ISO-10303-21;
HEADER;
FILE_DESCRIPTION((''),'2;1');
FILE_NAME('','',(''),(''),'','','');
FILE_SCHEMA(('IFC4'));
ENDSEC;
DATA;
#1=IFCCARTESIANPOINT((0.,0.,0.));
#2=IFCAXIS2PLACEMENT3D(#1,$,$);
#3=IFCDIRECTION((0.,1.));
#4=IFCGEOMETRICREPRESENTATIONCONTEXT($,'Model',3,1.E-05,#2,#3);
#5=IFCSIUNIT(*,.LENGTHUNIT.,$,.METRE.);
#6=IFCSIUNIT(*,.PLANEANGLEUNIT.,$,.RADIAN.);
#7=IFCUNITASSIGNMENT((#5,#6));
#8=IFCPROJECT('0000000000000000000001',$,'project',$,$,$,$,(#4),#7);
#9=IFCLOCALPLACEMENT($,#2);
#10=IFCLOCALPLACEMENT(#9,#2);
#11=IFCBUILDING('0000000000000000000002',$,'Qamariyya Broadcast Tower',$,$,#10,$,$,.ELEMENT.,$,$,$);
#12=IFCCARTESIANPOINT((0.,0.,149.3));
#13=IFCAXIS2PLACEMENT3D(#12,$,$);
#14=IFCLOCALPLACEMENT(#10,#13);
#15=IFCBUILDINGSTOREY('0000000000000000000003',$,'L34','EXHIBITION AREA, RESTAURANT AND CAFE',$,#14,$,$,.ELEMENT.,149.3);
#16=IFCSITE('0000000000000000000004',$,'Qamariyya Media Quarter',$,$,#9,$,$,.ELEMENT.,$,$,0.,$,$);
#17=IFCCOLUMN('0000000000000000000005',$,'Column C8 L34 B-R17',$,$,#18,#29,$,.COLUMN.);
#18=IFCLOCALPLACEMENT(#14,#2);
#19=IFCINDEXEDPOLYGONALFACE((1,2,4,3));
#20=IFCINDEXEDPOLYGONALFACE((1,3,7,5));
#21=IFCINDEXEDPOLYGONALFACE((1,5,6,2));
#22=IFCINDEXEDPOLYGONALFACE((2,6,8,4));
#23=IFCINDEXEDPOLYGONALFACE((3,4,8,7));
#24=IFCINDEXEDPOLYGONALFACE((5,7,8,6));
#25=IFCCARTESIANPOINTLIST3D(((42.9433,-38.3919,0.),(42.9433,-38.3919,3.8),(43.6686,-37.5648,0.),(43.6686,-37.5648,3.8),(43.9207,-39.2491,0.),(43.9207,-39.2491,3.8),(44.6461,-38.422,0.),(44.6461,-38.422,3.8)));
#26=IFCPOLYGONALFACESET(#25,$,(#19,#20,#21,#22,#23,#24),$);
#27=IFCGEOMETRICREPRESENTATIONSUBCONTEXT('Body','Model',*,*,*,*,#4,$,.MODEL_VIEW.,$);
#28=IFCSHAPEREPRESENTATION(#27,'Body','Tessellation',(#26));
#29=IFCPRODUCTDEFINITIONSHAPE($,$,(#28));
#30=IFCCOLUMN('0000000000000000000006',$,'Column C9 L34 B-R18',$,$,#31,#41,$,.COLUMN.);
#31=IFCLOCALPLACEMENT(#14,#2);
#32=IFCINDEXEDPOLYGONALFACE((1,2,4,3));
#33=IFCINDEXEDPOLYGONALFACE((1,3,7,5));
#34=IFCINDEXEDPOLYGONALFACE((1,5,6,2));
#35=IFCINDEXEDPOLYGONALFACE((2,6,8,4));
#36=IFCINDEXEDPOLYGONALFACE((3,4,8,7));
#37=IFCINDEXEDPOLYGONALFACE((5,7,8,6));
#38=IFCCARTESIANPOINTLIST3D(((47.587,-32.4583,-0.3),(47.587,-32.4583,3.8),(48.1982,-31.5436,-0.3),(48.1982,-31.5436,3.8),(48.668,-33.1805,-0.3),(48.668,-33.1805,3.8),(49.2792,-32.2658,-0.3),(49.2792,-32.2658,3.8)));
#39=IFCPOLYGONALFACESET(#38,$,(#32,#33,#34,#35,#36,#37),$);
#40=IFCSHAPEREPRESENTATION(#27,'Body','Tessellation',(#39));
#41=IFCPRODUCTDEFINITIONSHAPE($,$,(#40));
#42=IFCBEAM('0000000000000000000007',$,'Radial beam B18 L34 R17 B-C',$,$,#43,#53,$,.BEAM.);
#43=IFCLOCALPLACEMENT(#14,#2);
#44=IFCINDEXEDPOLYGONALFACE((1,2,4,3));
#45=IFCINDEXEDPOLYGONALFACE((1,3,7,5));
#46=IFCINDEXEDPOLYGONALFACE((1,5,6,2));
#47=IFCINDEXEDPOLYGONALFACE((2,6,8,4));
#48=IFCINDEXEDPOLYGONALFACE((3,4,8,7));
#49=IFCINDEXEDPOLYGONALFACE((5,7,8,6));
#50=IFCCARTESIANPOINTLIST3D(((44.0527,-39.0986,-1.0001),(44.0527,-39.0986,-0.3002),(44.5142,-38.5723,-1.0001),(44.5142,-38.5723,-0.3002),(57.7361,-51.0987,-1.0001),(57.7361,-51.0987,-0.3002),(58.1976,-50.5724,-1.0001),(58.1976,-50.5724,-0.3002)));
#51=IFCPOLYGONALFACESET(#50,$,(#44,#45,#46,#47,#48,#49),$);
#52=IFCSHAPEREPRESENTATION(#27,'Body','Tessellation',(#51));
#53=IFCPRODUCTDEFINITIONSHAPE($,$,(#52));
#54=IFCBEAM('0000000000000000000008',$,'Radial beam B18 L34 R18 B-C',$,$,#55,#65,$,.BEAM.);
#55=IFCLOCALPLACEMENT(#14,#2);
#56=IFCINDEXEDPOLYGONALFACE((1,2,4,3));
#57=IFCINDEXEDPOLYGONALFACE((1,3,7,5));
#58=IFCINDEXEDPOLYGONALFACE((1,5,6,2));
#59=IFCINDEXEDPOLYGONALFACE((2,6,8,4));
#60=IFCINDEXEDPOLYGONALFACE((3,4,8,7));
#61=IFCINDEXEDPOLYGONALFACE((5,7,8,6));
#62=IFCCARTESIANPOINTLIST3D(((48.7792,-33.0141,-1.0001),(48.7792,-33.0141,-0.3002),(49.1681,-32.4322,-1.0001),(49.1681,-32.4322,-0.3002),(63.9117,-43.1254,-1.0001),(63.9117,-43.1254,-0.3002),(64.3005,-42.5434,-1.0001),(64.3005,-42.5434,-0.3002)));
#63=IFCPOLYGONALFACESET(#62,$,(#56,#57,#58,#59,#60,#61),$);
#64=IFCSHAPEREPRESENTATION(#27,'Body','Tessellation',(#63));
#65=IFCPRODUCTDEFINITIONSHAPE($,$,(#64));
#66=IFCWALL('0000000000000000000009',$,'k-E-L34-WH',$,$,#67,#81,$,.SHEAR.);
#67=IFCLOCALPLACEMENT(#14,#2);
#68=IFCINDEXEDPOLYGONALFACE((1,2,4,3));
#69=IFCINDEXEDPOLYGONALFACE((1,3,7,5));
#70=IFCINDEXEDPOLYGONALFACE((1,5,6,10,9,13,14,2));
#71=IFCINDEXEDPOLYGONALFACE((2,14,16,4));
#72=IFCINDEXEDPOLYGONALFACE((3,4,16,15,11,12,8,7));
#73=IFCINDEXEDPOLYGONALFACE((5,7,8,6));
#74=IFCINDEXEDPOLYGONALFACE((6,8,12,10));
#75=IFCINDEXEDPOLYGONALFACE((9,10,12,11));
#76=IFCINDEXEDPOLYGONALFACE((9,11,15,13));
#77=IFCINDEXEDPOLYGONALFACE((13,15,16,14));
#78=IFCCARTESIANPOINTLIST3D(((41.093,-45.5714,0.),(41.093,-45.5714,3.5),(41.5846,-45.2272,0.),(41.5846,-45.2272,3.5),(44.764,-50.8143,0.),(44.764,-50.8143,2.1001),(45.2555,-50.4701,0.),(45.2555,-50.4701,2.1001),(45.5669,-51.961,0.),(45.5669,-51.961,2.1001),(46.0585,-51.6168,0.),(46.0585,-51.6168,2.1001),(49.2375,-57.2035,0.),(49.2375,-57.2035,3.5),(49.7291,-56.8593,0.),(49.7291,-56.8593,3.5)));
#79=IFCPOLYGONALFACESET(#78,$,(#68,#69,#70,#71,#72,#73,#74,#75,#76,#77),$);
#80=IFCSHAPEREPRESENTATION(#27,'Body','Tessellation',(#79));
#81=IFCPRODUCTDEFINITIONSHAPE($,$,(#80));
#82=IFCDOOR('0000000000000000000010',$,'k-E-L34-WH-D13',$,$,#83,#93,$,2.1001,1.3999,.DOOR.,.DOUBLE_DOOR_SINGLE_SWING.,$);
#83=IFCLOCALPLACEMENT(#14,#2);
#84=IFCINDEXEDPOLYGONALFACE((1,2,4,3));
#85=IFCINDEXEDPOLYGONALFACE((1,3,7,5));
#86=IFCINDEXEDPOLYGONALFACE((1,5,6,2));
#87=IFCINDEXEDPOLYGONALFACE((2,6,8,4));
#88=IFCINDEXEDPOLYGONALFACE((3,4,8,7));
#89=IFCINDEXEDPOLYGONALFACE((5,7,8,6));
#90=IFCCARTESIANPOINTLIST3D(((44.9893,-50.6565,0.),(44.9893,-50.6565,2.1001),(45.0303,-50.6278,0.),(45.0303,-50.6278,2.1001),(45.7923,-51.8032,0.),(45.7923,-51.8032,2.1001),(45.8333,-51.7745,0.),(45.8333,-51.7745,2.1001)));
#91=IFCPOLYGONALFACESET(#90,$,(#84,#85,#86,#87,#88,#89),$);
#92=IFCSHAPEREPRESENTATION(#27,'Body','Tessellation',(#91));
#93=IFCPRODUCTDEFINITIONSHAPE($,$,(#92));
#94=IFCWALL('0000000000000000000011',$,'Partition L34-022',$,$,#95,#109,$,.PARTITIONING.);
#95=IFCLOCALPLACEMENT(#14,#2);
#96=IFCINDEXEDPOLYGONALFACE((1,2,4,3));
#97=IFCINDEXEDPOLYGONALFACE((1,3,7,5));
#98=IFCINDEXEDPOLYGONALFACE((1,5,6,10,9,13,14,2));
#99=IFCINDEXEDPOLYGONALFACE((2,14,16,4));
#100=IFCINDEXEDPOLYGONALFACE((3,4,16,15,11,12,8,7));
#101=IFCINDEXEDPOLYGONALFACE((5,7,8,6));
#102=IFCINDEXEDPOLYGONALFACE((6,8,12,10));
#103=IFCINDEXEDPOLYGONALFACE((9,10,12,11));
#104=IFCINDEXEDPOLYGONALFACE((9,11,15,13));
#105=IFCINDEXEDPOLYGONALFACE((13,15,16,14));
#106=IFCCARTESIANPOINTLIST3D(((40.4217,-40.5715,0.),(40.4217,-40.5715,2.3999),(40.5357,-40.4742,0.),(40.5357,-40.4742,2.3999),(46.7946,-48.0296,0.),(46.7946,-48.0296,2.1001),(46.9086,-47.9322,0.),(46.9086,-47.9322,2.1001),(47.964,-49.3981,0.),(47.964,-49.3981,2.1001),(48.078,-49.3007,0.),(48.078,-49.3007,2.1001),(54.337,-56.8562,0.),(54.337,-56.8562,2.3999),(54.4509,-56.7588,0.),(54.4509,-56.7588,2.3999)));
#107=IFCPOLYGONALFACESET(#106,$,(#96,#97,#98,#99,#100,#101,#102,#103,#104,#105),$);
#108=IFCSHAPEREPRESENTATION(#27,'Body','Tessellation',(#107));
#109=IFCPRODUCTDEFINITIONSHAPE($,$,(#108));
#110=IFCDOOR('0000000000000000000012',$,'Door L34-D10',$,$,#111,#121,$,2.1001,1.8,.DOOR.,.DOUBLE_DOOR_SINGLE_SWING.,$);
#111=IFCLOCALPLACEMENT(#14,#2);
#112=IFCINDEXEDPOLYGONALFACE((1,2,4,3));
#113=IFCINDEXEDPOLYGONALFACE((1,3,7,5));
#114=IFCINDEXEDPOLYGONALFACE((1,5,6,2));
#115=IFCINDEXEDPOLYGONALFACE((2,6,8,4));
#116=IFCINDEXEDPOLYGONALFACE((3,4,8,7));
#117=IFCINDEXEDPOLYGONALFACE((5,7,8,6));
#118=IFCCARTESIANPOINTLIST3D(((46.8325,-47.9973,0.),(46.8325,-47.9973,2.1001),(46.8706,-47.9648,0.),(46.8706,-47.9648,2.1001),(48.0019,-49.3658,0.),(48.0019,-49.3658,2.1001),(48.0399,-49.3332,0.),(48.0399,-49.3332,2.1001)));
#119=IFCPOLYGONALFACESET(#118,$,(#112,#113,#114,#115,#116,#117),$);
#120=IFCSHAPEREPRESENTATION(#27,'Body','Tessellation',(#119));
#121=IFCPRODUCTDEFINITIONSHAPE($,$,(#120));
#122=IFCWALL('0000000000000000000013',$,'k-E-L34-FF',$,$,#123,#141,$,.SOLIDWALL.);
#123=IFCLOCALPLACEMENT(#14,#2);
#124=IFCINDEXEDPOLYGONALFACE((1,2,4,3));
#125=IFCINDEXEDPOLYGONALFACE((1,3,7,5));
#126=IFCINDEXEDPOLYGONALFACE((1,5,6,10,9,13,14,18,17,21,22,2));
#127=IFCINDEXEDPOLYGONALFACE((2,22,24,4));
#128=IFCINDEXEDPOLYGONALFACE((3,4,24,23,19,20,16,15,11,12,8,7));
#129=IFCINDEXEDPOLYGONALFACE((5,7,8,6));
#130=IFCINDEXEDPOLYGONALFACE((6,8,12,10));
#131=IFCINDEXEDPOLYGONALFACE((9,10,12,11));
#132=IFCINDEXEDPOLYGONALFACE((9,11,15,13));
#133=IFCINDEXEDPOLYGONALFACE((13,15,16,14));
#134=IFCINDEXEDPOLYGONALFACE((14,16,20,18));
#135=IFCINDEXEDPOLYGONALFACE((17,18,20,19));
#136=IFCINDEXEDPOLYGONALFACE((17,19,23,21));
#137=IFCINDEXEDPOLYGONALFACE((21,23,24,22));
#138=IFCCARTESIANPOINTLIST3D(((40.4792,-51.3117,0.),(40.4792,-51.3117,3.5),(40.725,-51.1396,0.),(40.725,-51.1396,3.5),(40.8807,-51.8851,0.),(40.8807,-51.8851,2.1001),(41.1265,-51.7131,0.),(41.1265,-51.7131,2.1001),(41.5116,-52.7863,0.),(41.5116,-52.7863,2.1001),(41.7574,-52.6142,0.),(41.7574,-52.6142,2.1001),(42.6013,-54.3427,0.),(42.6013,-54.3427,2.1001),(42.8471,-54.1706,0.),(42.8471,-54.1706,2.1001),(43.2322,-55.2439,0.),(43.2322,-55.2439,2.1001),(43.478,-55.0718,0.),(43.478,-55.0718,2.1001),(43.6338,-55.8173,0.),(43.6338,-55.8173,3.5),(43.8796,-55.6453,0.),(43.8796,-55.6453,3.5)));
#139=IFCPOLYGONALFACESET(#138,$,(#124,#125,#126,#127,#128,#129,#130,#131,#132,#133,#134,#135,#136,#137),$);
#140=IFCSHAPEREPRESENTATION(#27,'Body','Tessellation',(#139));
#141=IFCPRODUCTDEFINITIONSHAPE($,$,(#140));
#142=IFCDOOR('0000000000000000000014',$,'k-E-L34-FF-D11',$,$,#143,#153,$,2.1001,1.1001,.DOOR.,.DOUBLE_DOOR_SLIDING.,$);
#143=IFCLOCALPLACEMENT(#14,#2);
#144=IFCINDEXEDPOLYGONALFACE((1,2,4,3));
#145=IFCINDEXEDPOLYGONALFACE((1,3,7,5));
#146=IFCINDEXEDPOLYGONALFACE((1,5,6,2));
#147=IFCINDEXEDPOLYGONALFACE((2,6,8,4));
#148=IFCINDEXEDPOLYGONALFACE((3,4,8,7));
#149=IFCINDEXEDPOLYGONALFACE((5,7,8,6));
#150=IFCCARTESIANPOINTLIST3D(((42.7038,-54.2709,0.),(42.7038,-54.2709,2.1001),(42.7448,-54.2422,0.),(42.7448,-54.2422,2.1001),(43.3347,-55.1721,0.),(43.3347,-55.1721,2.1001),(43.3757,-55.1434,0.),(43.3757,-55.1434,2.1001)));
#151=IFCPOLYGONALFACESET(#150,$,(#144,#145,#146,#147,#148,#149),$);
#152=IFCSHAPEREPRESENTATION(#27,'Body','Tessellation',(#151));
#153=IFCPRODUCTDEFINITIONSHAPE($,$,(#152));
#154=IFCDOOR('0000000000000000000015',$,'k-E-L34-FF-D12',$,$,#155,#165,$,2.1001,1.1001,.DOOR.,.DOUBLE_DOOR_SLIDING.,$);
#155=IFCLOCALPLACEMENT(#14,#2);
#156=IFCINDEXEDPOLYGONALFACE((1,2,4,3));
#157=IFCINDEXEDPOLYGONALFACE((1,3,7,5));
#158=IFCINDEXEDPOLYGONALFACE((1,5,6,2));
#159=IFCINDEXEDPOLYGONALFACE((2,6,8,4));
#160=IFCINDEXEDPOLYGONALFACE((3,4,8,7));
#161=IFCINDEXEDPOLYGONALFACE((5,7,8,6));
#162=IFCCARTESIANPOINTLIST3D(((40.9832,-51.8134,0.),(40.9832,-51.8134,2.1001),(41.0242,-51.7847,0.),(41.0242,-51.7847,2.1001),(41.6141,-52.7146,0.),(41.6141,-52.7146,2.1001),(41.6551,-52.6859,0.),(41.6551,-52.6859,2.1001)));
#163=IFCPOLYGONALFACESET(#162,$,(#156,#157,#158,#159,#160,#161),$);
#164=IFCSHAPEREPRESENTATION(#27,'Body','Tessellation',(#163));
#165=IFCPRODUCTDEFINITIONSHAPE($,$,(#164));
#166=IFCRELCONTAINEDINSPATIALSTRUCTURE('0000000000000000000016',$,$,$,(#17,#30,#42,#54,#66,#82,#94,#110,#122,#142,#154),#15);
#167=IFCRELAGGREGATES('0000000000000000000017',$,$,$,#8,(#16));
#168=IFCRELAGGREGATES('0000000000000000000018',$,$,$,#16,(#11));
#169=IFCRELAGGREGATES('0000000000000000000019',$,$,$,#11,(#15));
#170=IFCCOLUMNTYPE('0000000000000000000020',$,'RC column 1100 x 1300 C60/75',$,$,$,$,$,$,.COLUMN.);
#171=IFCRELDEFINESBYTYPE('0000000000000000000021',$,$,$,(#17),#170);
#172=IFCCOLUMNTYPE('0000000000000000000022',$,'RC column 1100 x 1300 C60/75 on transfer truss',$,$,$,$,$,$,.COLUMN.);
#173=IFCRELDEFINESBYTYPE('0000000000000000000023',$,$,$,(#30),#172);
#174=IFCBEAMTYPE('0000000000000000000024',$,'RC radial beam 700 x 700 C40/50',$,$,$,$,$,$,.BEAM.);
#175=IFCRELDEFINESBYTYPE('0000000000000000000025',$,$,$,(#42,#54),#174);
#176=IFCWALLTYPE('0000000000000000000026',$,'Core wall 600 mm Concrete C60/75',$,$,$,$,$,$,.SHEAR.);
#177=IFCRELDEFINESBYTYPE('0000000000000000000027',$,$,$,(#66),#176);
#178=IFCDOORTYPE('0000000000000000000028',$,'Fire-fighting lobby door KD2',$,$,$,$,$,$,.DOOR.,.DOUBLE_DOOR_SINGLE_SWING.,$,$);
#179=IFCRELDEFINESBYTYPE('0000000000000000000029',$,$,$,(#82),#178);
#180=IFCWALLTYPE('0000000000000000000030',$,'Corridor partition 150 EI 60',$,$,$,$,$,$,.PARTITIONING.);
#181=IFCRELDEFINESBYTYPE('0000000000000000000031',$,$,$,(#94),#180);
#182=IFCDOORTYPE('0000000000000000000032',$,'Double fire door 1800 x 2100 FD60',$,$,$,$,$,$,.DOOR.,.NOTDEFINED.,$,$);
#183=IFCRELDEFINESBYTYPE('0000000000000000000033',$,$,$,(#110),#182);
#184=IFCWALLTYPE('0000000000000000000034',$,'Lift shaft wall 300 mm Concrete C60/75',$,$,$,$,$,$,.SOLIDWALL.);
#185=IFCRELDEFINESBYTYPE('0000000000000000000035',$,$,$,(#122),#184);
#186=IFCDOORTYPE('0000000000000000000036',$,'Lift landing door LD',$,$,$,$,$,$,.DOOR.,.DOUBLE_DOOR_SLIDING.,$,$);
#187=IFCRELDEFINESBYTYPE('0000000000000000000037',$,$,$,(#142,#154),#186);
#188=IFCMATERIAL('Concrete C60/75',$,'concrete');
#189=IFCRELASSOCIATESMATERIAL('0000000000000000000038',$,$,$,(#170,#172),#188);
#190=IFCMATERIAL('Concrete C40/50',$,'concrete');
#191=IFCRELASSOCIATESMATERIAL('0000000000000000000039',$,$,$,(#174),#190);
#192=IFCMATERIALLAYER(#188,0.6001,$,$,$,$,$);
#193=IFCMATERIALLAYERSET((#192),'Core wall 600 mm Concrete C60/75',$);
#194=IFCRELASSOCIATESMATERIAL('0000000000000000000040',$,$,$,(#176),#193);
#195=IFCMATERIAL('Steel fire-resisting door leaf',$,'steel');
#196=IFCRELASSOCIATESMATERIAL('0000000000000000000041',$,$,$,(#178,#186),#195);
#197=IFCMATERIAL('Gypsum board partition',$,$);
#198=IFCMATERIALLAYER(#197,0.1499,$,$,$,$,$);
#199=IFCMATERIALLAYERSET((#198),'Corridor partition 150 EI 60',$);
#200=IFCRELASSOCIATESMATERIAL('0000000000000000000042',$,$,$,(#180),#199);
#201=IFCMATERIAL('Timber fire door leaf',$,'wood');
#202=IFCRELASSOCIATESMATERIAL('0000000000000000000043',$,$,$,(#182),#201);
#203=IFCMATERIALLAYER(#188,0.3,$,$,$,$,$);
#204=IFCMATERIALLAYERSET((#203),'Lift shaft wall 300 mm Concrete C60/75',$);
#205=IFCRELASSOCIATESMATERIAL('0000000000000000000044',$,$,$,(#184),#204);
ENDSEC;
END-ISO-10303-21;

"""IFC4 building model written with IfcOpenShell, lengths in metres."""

from ifc_helpers import new_model, si_unit, direction, frame, frame_2d, origin, origin_2d, place, context, subcontext, project, spatial, rectangle, extrude, material, layer, layer_set, material_profile, profile_set, type_object, element, fill, save


model = new_model("IFC4")

# Units and contexts
model_context = context("Model", 3, precision=1e-05, world=origin(), true_north=direction((0.0, 1.0)))
body_context = subcontext(model_context, "Body", "Model", "MODEL_VIEW")
ifc_project = project(units=[si_unit("LENGTHUNIT", "METRE"), si_unit("PLANEANGLEUNIT", "RADIAN")], contexts=[model_context])

# Site, building, storey
site_placement = place(None, origin())
site = spatial("IfcSite", under=ifc_project, at=site_placement, Name="Qamariyya Media Quarter", CompositionType="ELEMENT", RefElevation=0.0)
building_placement = place(site_placement, origin())
building = spatial("IfcBuilding", under=site, at=building_placement, Name="Qamariyya Broadcast Tower", CompositionType="ELEMENT")
storey_placement = place(building_placement, frame((0.0, 0.0, 149.3)))
storey = spatial("IfcBuildingStorey", under=building, at=storey_placement, Name="L34", Description="EXHIBITION AREA, RESTAURANT AND CAFE", CompositionType="ELEMENT", Elevation=149.3)

# Columns
ifc_material_1 = material(Name="Concrete C60/75", Category="concrete")
ifc_material_profile_1 = material_profile(ifc_material_1, rectangle(XDim=1.1001, YDim=1.3, at=origin_2d()))
ifc_profile_set_1 = profile_set([ifc_material_profile_1], Name="Concrete C60/75")
column_type_1 = type_object("IfcColumnType", Name="RC column 1100 x 1300 C60/75", PredefinedType="COLUMN", material=ifc_profile_set_1)
column_1_placement = place(storey_placement, frame((43.7947, -38.407, 0.0), z_axis=(0.0, 0.0, 1.0), x_axis=(0.659346, 0.75184, 0.0)))
element("IfcColumn", 1, at=column_1_placement, inside=storey, type_object=column_type_1, Name="Column C8 L34 B-R17", PredefinedType="COLUMN", context=body_context, shape_type="SweptSolid", body=[
    extrude(rectangle(XDim=1.1001, YDim=1.3, at=origin_2d()), origin(), (0.0, 0.0, 1.0), 3.8),
])
ifc_material_profile_2 = material_profile(ifc_material_1, rectangle(XDim=1.1001, YDim=1.3, at=origin_2d()))
ifc_profile_set_2 = profile_set([ifc_material_profile_2], Name="Concrete C60/75")
column_type_2 = type_object("IfcColumnType", Name="RC column 1100 x 1300 C60/75 on transfer truss", PredefinedType="COLUMN", material=ifc_profile_set_2)
column_2_placement = place(storey_placement, frame((48.4331, -32.3621, -0.3), z_axis=(0.0, 0.0, 1.0), x_axis=(0.55557, 0.83147, 0.0)))
element("IfcColumn", 2, at=column_2_placement, inside=storey, type_object=column_type_2, Name="Column C9 L34 B-R18", PredefinedType="COLUMN", context=body_context, shape_type="SweptSolid", body=[
    extrude(rectangle(XDim=1.1001, YDim=1.3, at=origin_2d()), origin(), (0.0, 0.0, 1.0), 4.1001),
])

# Beams
ifc_material_2 = material(Name="Concrete C40/50", Category="concrete")
ifc_material_profile_3 = material_profile(ifc_material_2, rectangle(XDim=0.7, YDim=0.7, at=origin_2d()))
ifc_profile_set_3 = profile_set([ifc_material_profile_3], Name="Concrete C40/50")
beam_type = type_object("IfcBeamType", Name="RC radial beam 700 x 700 C40/50", PredefinedType="BEAM", material=ifc_profile_set_3)
beam_1_placement = place(storey_placement, frame((44.2834, -38.8354, -0.6501), z_axis=(0.751839, -0.659347, 0.0), x_axis=(0.659347, 0.751839, 0.0)))
element("IfcBeam", 3, at=beam_1_placement, inside=storey, type_object=beam_type, Name="Radial beam B18 L34 R17 B-C", PredefinedType="BEAM", context=body_context, shape_type="SweptSolid", body=[
    extrude(rectangle(XDim=0.7, YDim=0.7, at=origin_2d()), origin(), (0.0, 0.0, 1.0), 18.2),
])
beam_2_placement = place(storey_placement, frame((48.9736, -32.7231, -0.6501), z_axis=(0.831468, -0.555573, 0.0), x_axis=(0.555573, 0.831468, 0.0)))
element("IfcBeam", 4, at=beam_2_placement, inside=storey, type_object=beam_type, Name="Radial beam B18 L34 R18 B-C", PredefinedType="BEAM", context=body_context, shape_type="SweptSolid", body=[
    extrude(rectangle(XDim=0.7, YDim=0.7, at=origin_2d()), origin(), (0.0, 0.0, 1.0), 18.1997),
])

# Walls, openings, doors
ifc_layer_1 = layer(ifc_material_1, 0.6001)
ifc_layer_set_1 = layer_set([ifc_layer_1], Name="Core wall 600 mm Concrete C60/75")
wall_type_1 = type_object("IfcWallType", Name="Core wall 600 mm Concrete C60/75", PredefinedType="SHEAR", material=ifc_layer_set_1)
wall_1_placement = place(storey_placement, frame((49.4834, -57.0315, 0.0), z_axis=(0.0, 0.0, 1.0), x_axis=(-0.57356, 0.819163, 0.0)))
wall_1 = element("IfcWall", 5, at=wall_1_placement, inside=storey, type_object=wall_type_1, Name="k-E-L34-WH", PredefinedType="SHEAR", context=body_context, shape_type="SweptSolid", body=[
    extrude(rectangle(XDim=14.2, YDim=0.6001, at=frame_2d((7.1001, 0.0))), origin(), (0.0, 0.0, 1.0), 3.5),
])
opening_1_placement = place(wall_1_placement, frame((6.3999, 0.0, 0.0)))
opening_1 = element("IfcOpeningElement", 6, at=opening_1_placement, cuts=wall_1, PredefinedType="OPENING", context=body_context, shape_type="SweptSolid", body=[
    extrude(rectangle(XDim=1.3999, YDim=2.1001, at=frame_2d((0.7, 1.05))), frame((0.0, 0.3101, 0.0), z_axis=(0.0, -1.0, 0.0), x_axis=(1.0, 0.0, 0.0)), (0.0, 0.0, 1.0), 0.6201),
])
ifc_material_3 = material(Name="Steel fire-resisting door leaf", Category="steel")
door_type_1 = type_object("IfcDoorType", Name="Fire-fighting lobby door KD2", OperationType="DOUBLE_DOOR_SINGLE_SWING", PredefinedType="DOOR", material=ifc_material_3)
door_1_placement = place(opening_1_placement, origin())
door_1 = element("IfcDoor", 7, at=door_1_placement, inside=storey, type_object=door_type_1, Name="k-E-L34-WH-D13", OperationType="DOUBLE_DOOR_SINGLE_SWING", OverallHeight=2.1001, OverallWidth=1.3999, PredefinedType="DOOR", context=body_context, shape_type="SweptSolid", body=[
    extrude(rectangle(XDim=1.3999, YDim=2.1001, at=frame_2d((0.7, 1.05))), frame((0.0, 0.0249, 0.0), z_axis=(0.0, -1.0, 0.0), x_axis=(1.0, 0.0, 0.0)), (0.0, 0.0, 1.0), 0.05),
])
fill(opening_1, door_1)
ifc_material_4 = material(Name="Gypsum board partition")
ifc_layer_2 = layer(ifc_material_4, 0.1499)
ifc_layer_set_2 = layer_set([ifc_layer_2], Name="Corridor partition 150 EI 60")
wall_type_2 = type_object("IfcWallType", Name="Corridor partition 150 EI 60", PredefinedType="PARTITIONING", material=ifc_layer_set_2)
wall_2_placement = place(storey_placement, frame((40.4788, -40.5229, 0.0), z_axis=(0.0, 0.0, 1.0), x_axis=(0.649633, -0.760248, 0.0)))
wall_2 = element("IfcWall", 8, at=wall_2_placement, inside=storey, type_object=wall_type_2, Name="Partition L34-022", PredefinedType="PARTITIONING", context=body_context, shape_type="SweptSolid", body=[
    extrude(rectangle(XDim=21.4202, YDim=0.1499, at=frame_2d((10.71, 0.0))), origin(), (0.0, 0.0, 1.0), 2.3999),
])
opening_2_placement = place(wall_2_placement, frame((9.8101, 0.0, 0.0)))
opening_2 = element("IfcOpeningElement", 9, at=opening_2_placement, cuts=wall_2, PredefinedType="OPENING", context=body_context, shape_type="SweptSolid", body=[
    extrude(rectangle(XDim=1.8, YDim=2.1001, at=frame_2d((0.8999, 1.05))), frame((0.0, 0.085, 0.0), z_axis=(0.0, -1.0, 0.0), x_axis=(1.0, 0.0, 0.0)), (0.0, 0.0, 1.0), 0.1699),
])
ifc_material_5 = material(Name="Timber fire door leaf", Category="wood")
door_type_2 = type_object("IfcDoorType", Name="Double fire door 1800 x 2100 FD60", OperationType="NOTDEFINED", PredefinedType="DOOR", material=ifc_material_5)
door_2_placement = place(opening_2_placement, origin())
door_2 = element("IfcDoor", 10, at=door_2_placement, inside=storey, type_object=door_type_2, Name="Door L34-D10", OperationType="DOUBLE_DOOR_SINGLE_SWING", OverallHeight=2.1001, OverallWidth=1.8, PredefinedType="DOOR", context=body_context, shape_type="SweptSolid", body=[
    extrude(rectangle(XDim=1.8, YDim=2.1001, at=frame_2d((0.8999, 1.05))), frame((0.0, 0.0249, 0.0), z_axis=(0.0, -1.0, 0.0), x_axis=(1.0, 0.0, 0.0)), (0.0, 0.0, 1.0), 0.05),
])
fill(opening_2, door_2)

# Wall, openings, doors
ifc_layer_3 = layer(ifc_material_1, 0.3)
ifc_layer_set_3 = layer_set([ifc_layer_3], Name="Lift shaft wall 300 mm Concrete C60/75")
wall_type_3 = type_object("IfcWallType", Name="Lift shaft wall 300 mm Concrete C60/75", PredefinedType="SOLIDWALL", material=ifc_layer_set_3)
wall_3_placement = place(storey_placement, frame((43.7566, -55.7312, 0.0), z_axis=(0.0, 0.0, 1.0), x_axis=(-0.573537, 0.81918, 0.0)))
wall_3 = element("IfcWall", 11, at=wall_3_placement, inside=storey, type_object=wall_type_3, Name="k-E-L34-FF", PredefinedType="SOLIDWALL", context=body_context, shape_type="SweptSolid", body=[
    extrude(rectangle(XDim=5.5002, YDim=0.3, at=frame_2d((2.75, 0.0))), origin(), (0.0, 0.0, 1.0), 3.5),
])
opening_3_placement = place(wall_3_placement, frame((0.7, 0.0, 0.0)))
opening_3 = element("IfcOpeningElement", 12, at=opening_3_placement, cuts=wall_3, PredefinedType="OPENING", context=body_context, shape_type="SweptSolid", body=[
    extrude(rectangle(XDim=1.1001, YDim=2.1001, at=frame_2d((0.55, 1.05))), frame((0.0, 0.1599, 0.0), z_axis=(0.0, -1.0, 0.0), x_axis=(1.0, 0.0, 0.0)), (0.0, 0.0, 1.0), 0.3201),
])
opening_4_placement = place(wall_3_placement, frame((3.7, 0.0, 0.0)))
opening_4 = element("IfcOpeningElement", 13, at=opening_4_placement, cuts=wall_3, PredefinedType="OPENING", context=body_context, shape_type="SweptSolid", body=[
    extrude(rectangle(XDim=1.1001, YDim=2.1001, at=frame_2d((0.55, 1.05))), frame((0.0, 0.1599, 0.0), z_axis=(0.0, -1.0, 0.0), x_axis=(1.0, 0.0, 0.0)), (0.0, 0.0, 1.0), 0.3201),
])
door_type_3 = type_object("IfcDoorType", Name="Lift landing door LD", OperationType="DOUBLE_DOOR_SLIDING", PredefinedType="DOOR", material=ifc_material_3)
door_3_placement = place(opening_3_placement, origin())
door_3 = element("IfcDoor", 14, at=door_3_placement, inside=storey, type_object=door_type_3, Name="k-E-L34-FF-D11", OperationType="DOUBLE_DOOR_SLIDING", OverallHeight=2.1001, OverallWidth=1.1001, PredefinedType="DOOR", context=body_context, shape_type="SweptSolid", body=[
    extrude(rectangle(XDim=1.1001, YDim=2.1001, at=frame_2d((0.55, 1.05))), frame((0.0, 0.0249, 0.0), z_axis=(0.0, -1.0, 0.0), x_axis=(1.0, 0.0, 0.0)), (0.0, 0.0, 1.0), 0.05),
])
fill(opening_3, door_3)
door_4_placement = place(opening_4_placement, origin())
door_4 = element("IfcDoor", 15, at=door_4_placement, inside=storey, type_object=door_type_3, Name="k-E-L34-FF-D12", OperationType="DOUBLE_DOOR_SLIDING", OverallHeight=2.1001, OverallWidth=1.1001, PredefinedType="DOOR", context=body_context, shape_type="SweptSolid", body=[
    extrude(rectangle(XDim=1.1001, YDim=2.1001, at=frame_2d((0.55, 1.05))), frame((0.0, 0.0249, 0.0), z_axis=(0.0, -1.0, 0.0), x_axis=(1.0, 0.0, 0.0)), (0.0, 0.0, 1.0), 0.05),
])
fill(opening_4, door_4)

save(model, "model.ifc")
